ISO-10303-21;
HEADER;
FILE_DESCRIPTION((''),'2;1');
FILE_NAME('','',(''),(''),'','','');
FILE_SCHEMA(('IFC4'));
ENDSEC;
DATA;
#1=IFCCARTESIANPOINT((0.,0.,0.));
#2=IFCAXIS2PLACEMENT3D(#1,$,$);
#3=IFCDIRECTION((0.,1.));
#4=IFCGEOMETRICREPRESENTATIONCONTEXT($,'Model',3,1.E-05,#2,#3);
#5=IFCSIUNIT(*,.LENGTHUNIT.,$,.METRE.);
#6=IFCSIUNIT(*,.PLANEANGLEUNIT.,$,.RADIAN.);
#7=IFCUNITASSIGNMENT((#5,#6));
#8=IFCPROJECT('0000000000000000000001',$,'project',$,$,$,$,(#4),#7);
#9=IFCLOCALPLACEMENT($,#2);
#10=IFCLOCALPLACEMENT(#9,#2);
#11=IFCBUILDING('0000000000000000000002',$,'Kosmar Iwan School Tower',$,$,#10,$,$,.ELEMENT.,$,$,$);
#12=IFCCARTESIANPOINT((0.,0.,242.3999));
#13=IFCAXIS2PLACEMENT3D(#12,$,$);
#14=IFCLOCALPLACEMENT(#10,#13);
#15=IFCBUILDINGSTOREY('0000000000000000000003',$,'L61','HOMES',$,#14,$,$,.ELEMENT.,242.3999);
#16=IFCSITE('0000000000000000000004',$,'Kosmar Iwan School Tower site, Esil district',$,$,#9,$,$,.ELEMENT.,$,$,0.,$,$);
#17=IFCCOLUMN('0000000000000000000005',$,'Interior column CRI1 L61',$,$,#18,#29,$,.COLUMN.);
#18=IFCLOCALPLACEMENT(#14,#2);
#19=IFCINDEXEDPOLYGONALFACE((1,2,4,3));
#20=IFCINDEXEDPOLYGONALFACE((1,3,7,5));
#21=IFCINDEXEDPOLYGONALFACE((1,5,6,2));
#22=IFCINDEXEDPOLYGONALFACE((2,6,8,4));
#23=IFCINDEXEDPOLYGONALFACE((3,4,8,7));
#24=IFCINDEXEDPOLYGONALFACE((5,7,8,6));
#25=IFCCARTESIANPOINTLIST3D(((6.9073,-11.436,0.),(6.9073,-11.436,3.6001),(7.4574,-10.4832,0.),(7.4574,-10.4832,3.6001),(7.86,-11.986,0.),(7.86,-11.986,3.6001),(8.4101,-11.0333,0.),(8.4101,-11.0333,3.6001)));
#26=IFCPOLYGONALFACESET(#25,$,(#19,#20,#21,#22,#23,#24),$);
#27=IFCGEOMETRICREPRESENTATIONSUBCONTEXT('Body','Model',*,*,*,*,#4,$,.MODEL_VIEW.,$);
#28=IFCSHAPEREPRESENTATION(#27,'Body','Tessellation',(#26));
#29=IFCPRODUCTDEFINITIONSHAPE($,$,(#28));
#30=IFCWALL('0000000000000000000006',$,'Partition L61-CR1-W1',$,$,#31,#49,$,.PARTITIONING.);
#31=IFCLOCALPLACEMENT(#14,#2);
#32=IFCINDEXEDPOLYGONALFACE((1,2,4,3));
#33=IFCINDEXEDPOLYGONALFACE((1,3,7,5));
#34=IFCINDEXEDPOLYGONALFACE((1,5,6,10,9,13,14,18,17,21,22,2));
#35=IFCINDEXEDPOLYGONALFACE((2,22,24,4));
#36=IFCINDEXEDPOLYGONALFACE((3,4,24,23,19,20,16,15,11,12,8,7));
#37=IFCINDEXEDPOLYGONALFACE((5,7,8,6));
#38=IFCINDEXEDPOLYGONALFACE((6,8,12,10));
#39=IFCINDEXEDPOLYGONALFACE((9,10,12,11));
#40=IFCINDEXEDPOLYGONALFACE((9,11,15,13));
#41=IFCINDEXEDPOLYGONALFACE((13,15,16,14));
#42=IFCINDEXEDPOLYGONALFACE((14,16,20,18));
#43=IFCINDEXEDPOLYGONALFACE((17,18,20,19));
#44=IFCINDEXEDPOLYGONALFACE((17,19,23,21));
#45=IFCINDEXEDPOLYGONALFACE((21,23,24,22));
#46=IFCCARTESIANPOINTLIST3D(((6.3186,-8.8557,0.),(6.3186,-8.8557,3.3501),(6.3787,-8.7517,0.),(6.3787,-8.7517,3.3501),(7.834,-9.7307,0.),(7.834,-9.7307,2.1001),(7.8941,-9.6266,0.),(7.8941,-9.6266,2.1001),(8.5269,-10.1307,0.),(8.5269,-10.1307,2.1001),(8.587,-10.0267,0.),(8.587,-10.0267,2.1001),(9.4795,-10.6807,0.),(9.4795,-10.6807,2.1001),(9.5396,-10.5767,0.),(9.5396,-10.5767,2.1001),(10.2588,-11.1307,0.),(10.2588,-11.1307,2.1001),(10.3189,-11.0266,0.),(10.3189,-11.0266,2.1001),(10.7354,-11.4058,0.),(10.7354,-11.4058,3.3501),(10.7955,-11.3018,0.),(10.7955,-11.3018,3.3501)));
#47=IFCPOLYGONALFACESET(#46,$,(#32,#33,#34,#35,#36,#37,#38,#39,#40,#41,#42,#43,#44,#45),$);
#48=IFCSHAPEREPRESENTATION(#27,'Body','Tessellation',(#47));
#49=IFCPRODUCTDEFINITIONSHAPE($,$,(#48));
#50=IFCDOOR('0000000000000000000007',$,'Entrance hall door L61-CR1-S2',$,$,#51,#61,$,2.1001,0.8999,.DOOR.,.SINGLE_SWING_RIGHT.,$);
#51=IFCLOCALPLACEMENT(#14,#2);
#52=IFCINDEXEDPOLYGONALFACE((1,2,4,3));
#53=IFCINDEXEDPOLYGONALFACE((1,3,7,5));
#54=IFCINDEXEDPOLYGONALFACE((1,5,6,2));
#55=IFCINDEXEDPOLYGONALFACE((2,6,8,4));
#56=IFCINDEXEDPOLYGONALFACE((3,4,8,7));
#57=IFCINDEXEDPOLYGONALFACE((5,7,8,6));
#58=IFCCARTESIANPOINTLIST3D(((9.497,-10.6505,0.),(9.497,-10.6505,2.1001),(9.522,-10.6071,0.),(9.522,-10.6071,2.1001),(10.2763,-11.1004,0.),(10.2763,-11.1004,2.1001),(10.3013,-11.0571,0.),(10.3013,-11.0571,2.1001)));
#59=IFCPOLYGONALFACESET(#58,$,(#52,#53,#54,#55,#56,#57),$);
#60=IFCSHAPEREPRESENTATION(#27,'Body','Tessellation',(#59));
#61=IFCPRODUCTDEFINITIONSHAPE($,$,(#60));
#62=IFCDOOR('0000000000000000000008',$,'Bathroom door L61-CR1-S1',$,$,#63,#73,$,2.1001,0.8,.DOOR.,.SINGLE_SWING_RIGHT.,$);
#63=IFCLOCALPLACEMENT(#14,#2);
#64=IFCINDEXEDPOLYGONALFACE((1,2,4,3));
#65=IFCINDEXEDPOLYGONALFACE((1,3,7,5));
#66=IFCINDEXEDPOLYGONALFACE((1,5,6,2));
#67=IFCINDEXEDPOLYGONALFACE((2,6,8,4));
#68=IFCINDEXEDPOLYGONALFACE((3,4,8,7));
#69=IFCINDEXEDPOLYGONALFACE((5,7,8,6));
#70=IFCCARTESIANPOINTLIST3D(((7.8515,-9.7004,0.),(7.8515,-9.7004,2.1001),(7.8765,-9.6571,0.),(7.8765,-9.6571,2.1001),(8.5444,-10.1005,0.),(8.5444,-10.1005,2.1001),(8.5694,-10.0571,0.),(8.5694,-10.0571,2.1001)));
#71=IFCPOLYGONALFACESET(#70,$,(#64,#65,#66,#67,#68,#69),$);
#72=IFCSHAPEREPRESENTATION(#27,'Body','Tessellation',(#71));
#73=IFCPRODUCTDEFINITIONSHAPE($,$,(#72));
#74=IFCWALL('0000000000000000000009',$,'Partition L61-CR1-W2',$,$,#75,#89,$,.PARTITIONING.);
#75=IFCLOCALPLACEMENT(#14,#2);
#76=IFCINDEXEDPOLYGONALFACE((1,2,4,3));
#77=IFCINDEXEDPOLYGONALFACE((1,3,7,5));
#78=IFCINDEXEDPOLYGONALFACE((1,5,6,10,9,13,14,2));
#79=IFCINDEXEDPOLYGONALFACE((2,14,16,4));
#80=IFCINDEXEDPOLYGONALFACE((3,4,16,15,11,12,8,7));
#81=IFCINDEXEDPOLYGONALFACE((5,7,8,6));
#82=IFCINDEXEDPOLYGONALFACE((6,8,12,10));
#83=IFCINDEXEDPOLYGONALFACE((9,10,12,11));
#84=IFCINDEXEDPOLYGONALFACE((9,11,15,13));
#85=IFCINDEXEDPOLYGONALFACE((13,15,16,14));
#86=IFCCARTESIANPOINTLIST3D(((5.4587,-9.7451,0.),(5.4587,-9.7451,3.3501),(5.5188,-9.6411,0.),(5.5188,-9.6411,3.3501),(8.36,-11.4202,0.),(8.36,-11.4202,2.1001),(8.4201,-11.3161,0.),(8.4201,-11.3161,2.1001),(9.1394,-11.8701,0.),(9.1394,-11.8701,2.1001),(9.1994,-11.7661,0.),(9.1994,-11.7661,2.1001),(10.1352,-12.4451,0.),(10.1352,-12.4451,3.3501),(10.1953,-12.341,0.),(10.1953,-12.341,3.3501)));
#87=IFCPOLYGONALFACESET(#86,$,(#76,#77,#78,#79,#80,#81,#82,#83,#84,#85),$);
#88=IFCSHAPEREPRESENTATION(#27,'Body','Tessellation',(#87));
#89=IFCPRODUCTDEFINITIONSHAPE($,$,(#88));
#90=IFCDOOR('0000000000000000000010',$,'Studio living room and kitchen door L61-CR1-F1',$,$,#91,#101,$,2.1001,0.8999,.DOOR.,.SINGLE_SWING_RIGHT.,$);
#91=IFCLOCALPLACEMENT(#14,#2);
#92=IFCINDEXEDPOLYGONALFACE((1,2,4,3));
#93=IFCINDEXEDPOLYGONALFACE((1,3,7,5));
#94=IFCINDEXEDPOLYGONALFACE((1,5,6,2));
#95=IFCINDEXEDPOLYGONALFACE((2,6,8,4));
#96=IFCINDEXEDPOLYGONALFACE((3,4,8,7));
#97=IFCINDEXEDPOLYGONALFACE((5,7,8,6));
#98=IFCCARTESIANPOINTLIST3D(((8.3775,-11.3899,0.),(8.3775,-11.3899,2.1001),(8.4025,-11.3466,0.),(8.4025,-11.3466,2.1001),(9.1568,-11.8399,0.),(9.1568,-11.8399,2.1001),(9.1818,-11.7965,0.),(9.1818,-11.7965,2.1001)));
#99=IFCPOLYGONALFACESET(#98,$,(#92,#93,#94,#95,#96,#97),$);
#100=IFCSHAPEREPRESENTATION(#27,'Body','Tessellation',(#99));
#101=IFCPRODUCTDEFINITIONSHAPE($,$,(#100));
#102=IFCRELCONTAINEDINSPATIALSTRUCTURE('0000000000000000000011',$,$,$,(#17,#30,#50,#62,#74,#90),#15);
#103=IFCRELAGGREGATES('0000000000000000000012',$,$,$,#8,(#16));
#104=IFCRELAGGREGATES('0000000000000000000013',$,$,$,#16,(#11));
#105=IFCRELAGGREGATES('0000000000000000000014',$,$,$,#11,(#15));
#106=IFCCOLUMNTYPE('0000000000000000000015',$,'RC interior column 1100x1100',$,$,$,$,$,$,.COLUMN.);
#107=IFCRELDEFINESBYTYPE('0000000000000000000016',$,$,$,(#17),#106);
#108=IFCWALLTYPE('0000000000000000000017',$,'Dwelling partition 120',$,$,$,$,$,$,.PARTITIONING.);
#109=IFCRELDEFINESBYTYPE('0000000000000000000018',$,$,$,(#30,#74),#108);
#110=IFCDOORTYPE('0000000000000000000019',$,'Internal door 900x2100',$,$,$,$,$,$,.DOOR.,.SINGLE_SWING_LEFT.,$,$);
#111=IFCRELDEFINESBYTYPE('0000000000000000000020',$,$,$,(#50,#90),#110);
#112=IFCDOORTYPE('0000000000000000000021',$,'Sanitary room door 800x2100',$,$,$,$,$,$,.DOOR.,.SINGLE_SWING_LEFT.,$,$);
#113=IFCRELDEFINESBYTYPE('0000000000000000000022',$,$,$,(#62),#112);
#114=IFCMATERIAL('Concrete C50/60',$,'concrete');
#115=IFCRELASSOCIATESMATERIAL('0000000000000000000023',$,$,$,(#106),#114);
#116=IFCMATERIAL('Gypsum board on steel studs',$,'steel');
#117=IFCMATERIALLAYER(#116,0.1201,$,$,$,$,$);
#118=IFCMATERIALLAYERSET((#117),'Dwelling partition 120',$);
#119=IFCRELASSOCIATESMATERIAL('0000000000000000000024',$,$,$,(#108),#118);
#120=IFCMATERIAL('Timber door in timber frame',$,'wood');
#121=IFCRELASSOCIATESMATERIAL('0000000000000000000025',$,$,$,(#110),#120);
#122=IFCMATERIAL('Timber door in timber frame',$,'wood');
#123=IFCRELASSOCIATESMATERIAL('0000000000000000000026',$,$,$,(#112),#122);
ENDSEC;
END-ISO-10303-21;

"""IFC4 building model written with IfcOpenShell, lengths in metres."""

from ifc_helpers import new_model, si_unit, direction, frame, frame_2d, origin, origin_2d, place, context, subcontext, project, spatial, rectangle, extrude, material, layer, layer_set, material_profile, profile_set, type_object, element, fill, save


model = new_model("IFC4")

# Units and contexts
model_context = context("Model", 3, precision=1e-05, world=origin(), true_north=direction((0.0, 1.0)))
body_context = subcontext(model_context, "Body", "Model", "MODEL_VIEW")
ifc_project = project(units=[si_unit("LENGTHUNIT", "METRE"), si_unit("PLANEANGLEUNIT", "RADIAN")], contexts=[model_context])

# Site, building, storey
site_placement = place(None, origin())
site = spatial("IfcSite", under=ifc_project, at=site_placement, Name="Kosmar Iwan School Tower site, Esil district", CompositionType="ELEMENT", RefElevation=0.0)
building_placement = place(site_placement, origin())
building = spatial("IfcBuilding", under=site, at=building_placement, Name="Kosmar Iwan School Tower", CompositionType="ELEMENT")
storey_placement = place(building_placement, frame((0.0, 0.0, 242.3999)))
storey = spatial("IfcBuildingStorey", under=building, at=storey_placement, Name="L61", Description="HOMES", CompositionType="ELEMENT", Elevation=242.3999)

# Column
ifc_material_1 = material(Name="Concrete C50/60", Category="concrete")
ifc_material_profile = material_profile(ifc_material_1, rectangle(XDim=1.1001, YDim=1.1001, at=origin_2d()), Name="RC 1100x1100")
ifc_profile_set = profile_set([ifc_material_profile], Name="Concrete C50/60")
column_type = type_object("IfcColumnType", Name="RC interior column 1100x1100", PredefinedType="COLUMN", material=ifc_profile_set)
column_placement = place(storey_placement, frame((7.6587, -11.2346, 0.0), z_axis=(0.0, 0.0, 1.0), x_axis=(0.866025, -0.5, 0.0)))
element("IfcColumn", 1, at=column_placement, inside=storey, type_object=column_type, Name="Interior column CRI1 L61", PredefinedType="COLUMN", context=body_context, shape_type="SweptSolid", body=[
    extrude(rectangle(XDim=1.1001, YDim=1.1001, at=origin_2d()), origin(), (0.0, 0.0, 1.0), 3.6001),
])

# Wall, openings, doors
ifc_material_2 = material(Name="Gypsum board on steel studs", Category="steel")
ifc_layer = layer(ifc_material_2, 0.1201)
ifc_layer_set = layer_set([ifc_layer], Name="Dwelling partition 120")
wall_type = type_object("IfcWallType", Name="Dwelling partition 120", PredefinedType="PARTITIONING", material=ifc_layer_set)
wall_1_placement = place(storey_placement, frame((6.3486, -8.8037, 0.0), z_axis=(0.0, 0.0, 1.0), x_axis=(0.866022, -0.500006, 0.0)))
wall_1 = element("IfcWall", 2, at=wall_1_placement, inside=storey, type_object=wall_type, Name="Partition L61-CR1-W1", PredefinedType="PARTITIONING", context=body_context, shape_type="SweptSolid", body=[
    extrude(rectangle(XDim=5.1001, YDim=0.1201, at=frame_2d((2.55, 0.0))), origin(), (0.0, 0.0, 1.0), 3.3501),
])
opening_1_placement = place(wall_1_placement, frame((1.75, 0.0, 0.0)))
opening_1 = element("IfcOpeningElement", 3, at=opening_1_placement, cuts=wall_1, PredefinedType="OPENING", context=body_context, shape_type="SweptSolid", body=[
    extrude(rectangle(XDim=0.8, YDim=2.1001, at=frame_2d((0.3999, 1.05))), frame((0.0, 0.072, 0.0), z_axis=(0.0, -1.0, 0.0), x_axis=(1.0, 0.0, 0.0)), (0.0, 0.0, 1.0), 0.144),
])
opening_2_placement = place(wall_1_placement, frame((3.6499, 0.0, 0.0)))
opening_2 = element("IfcOpeningElement", 4, at=opening_2_placement, cuts=wall_1, PredefinedType="OPENING", context=body_context, shape_type="SweptSolid", body=[
    extrude(rectangle(XDim=0.8999, YDim=2.1001, at=frame_2d((0.45, 1.05))), frame((0.0, 0.072, 0.0), z_axis=(0.0, -1.0, 0.0), x_axis=(1.0, 0.0, 0.0)), (0.0, 0.0, 1.0), 0.144),
])
ifc_material_3 = material(Name="Timber door in timber frame", Category="wood")
door_type_1 = type_object("IfcDoorType", Name="Internal door 900x2100", OperationType="SINGLE_SWING_LEFT", PredefinedType="DOOR", material=ifc_material_3)
door_1_placement = place(opening_2_placement, origin())
door_1 = element("IfcDoor", 5, at=door_1_placement, inside=storey, type_object=door_type_1, Name="Entrance hall door L61-CR1-S2", OperationType="SINGLE_SWING_RIGHT", OverallHeight=2.1001, OverallWidth=0.8999, PredefinedType="DOOR", context=body_context, shape_type="SweptSolid", body=[
    extrude(rectangle(XDim=0.8999, YDim=2.1001, at=frame_2d((0.45, 1.05))), frame((0.0, 0.0249, 0.0), z_axis=(0.0, -1.0, 0.0), x_axis=(1.0, 0.0, 0.0)), (0.0, 0.0, 1.0), 0.05),
])
fill(opening_2, door_1)
ifc_material_4 = material(Name="Timber door in timber frame", Category="wood")
door_type_2 = type_object("IfcDoorType", Name="Sanitary room door 800x2100", OperationType="SINGLE_SWING_LEFT", PredefinedType="DOOR", material=ifc_material_4)
door_2_placement = place(opening_1_placement, origin())
door_2 = element("IfcDoor", 6, at=door_2_placement, inside=storey, type_object=door_type_2, Name="Bathroom door L61-CR1-S1", OperationType="SINGLE_SWING_RIGHT", OverallHeight=2.1001, OverallWidth=0.8, PredefinedType="DOOR", context=body_context, shape_type="SweptSolid", body=[
    extrude(rectangle(XDim=0.8, YDim=2.1001, at=frame_2d((0.3999, 1.05))), frame((0.0, 0.0249, 0.0), z_axis=(0.0, -1.0, 0.0), x_axis=(1.0, 0.0, 0.0)), (0.0, 0.0, 1.0), 0.05),
])
fill(opening_1, door_2)

# Wall, opening, door
wall_2_placement = place(storey_placement, frame((5.4888, -9.6931, 0.0), z_axis=(0.0, 0.0, 1.0), x_axis=(0.866028, -0.499995, 0.0)))
wall_2 = element("IfcWall", 7, at=wall_2_placement, inside=storey, type_object=wall_type, Name="Partition L61-CR1-W2", PredefinedType="PARTITIONING", context=body_context, shape_type="SweptSolid", body=[
    extrude(rectangle(XDim=5.3999, YDim=0.1201, at=frame_2d((2.7, 0.0))), origin(), (0.0, 0.0, 1.0), 3.3501),
])
opening_3_placement = place(wall_2_placement, frame((3.3501, 0.0, 0.0)))
opening_3 = element("IfcOpeningElement", 8, at=opening_3_placement, cuts=wall_2, PredefinedType="OPENING", context=body_context, shape_type="SweptSolid", body=[
    extrude(rectangle(XDim=0.8999, YDim=2.1001, at=frame_2d((0.45, 1.05))), frame((0.0, 0.072, 0.0), z_axis=(0.0, -1.0, 0.0), x_axis=(1.0, 0.0, 0.0)), (0.0, 0.0, 1.0), 0.144),
])
door_3_placement = place(opening_3_placement, origin())
door_3 = element("IfcDoor", 9, at=door_3_placement, inside=storey, type_object=door_type_1, Name="Studio living room and kitchen door L61-CR1-F1", OperationType="SINGLE_SWING_RIGHT", OverallHeight=2.1001, OverallWidth=0.8999, PredefinedType="DOOR", context=body_context, shape_type="SweptSolid", body=[
    extrude(rectangle(XDim=0.8999, YDim=2.1001, at=frame_2d((0.45, 1.05))), frame((0.0, 0.0249, 0.0), z_axis=(0.0, -1.0, 0.0), x_axis=(1.0, 0.0, 0.0)), (0.0, 0.0, 1.0), 0.05),
])
fill(opening_3, door_3)

save(model, "model.ifc")
